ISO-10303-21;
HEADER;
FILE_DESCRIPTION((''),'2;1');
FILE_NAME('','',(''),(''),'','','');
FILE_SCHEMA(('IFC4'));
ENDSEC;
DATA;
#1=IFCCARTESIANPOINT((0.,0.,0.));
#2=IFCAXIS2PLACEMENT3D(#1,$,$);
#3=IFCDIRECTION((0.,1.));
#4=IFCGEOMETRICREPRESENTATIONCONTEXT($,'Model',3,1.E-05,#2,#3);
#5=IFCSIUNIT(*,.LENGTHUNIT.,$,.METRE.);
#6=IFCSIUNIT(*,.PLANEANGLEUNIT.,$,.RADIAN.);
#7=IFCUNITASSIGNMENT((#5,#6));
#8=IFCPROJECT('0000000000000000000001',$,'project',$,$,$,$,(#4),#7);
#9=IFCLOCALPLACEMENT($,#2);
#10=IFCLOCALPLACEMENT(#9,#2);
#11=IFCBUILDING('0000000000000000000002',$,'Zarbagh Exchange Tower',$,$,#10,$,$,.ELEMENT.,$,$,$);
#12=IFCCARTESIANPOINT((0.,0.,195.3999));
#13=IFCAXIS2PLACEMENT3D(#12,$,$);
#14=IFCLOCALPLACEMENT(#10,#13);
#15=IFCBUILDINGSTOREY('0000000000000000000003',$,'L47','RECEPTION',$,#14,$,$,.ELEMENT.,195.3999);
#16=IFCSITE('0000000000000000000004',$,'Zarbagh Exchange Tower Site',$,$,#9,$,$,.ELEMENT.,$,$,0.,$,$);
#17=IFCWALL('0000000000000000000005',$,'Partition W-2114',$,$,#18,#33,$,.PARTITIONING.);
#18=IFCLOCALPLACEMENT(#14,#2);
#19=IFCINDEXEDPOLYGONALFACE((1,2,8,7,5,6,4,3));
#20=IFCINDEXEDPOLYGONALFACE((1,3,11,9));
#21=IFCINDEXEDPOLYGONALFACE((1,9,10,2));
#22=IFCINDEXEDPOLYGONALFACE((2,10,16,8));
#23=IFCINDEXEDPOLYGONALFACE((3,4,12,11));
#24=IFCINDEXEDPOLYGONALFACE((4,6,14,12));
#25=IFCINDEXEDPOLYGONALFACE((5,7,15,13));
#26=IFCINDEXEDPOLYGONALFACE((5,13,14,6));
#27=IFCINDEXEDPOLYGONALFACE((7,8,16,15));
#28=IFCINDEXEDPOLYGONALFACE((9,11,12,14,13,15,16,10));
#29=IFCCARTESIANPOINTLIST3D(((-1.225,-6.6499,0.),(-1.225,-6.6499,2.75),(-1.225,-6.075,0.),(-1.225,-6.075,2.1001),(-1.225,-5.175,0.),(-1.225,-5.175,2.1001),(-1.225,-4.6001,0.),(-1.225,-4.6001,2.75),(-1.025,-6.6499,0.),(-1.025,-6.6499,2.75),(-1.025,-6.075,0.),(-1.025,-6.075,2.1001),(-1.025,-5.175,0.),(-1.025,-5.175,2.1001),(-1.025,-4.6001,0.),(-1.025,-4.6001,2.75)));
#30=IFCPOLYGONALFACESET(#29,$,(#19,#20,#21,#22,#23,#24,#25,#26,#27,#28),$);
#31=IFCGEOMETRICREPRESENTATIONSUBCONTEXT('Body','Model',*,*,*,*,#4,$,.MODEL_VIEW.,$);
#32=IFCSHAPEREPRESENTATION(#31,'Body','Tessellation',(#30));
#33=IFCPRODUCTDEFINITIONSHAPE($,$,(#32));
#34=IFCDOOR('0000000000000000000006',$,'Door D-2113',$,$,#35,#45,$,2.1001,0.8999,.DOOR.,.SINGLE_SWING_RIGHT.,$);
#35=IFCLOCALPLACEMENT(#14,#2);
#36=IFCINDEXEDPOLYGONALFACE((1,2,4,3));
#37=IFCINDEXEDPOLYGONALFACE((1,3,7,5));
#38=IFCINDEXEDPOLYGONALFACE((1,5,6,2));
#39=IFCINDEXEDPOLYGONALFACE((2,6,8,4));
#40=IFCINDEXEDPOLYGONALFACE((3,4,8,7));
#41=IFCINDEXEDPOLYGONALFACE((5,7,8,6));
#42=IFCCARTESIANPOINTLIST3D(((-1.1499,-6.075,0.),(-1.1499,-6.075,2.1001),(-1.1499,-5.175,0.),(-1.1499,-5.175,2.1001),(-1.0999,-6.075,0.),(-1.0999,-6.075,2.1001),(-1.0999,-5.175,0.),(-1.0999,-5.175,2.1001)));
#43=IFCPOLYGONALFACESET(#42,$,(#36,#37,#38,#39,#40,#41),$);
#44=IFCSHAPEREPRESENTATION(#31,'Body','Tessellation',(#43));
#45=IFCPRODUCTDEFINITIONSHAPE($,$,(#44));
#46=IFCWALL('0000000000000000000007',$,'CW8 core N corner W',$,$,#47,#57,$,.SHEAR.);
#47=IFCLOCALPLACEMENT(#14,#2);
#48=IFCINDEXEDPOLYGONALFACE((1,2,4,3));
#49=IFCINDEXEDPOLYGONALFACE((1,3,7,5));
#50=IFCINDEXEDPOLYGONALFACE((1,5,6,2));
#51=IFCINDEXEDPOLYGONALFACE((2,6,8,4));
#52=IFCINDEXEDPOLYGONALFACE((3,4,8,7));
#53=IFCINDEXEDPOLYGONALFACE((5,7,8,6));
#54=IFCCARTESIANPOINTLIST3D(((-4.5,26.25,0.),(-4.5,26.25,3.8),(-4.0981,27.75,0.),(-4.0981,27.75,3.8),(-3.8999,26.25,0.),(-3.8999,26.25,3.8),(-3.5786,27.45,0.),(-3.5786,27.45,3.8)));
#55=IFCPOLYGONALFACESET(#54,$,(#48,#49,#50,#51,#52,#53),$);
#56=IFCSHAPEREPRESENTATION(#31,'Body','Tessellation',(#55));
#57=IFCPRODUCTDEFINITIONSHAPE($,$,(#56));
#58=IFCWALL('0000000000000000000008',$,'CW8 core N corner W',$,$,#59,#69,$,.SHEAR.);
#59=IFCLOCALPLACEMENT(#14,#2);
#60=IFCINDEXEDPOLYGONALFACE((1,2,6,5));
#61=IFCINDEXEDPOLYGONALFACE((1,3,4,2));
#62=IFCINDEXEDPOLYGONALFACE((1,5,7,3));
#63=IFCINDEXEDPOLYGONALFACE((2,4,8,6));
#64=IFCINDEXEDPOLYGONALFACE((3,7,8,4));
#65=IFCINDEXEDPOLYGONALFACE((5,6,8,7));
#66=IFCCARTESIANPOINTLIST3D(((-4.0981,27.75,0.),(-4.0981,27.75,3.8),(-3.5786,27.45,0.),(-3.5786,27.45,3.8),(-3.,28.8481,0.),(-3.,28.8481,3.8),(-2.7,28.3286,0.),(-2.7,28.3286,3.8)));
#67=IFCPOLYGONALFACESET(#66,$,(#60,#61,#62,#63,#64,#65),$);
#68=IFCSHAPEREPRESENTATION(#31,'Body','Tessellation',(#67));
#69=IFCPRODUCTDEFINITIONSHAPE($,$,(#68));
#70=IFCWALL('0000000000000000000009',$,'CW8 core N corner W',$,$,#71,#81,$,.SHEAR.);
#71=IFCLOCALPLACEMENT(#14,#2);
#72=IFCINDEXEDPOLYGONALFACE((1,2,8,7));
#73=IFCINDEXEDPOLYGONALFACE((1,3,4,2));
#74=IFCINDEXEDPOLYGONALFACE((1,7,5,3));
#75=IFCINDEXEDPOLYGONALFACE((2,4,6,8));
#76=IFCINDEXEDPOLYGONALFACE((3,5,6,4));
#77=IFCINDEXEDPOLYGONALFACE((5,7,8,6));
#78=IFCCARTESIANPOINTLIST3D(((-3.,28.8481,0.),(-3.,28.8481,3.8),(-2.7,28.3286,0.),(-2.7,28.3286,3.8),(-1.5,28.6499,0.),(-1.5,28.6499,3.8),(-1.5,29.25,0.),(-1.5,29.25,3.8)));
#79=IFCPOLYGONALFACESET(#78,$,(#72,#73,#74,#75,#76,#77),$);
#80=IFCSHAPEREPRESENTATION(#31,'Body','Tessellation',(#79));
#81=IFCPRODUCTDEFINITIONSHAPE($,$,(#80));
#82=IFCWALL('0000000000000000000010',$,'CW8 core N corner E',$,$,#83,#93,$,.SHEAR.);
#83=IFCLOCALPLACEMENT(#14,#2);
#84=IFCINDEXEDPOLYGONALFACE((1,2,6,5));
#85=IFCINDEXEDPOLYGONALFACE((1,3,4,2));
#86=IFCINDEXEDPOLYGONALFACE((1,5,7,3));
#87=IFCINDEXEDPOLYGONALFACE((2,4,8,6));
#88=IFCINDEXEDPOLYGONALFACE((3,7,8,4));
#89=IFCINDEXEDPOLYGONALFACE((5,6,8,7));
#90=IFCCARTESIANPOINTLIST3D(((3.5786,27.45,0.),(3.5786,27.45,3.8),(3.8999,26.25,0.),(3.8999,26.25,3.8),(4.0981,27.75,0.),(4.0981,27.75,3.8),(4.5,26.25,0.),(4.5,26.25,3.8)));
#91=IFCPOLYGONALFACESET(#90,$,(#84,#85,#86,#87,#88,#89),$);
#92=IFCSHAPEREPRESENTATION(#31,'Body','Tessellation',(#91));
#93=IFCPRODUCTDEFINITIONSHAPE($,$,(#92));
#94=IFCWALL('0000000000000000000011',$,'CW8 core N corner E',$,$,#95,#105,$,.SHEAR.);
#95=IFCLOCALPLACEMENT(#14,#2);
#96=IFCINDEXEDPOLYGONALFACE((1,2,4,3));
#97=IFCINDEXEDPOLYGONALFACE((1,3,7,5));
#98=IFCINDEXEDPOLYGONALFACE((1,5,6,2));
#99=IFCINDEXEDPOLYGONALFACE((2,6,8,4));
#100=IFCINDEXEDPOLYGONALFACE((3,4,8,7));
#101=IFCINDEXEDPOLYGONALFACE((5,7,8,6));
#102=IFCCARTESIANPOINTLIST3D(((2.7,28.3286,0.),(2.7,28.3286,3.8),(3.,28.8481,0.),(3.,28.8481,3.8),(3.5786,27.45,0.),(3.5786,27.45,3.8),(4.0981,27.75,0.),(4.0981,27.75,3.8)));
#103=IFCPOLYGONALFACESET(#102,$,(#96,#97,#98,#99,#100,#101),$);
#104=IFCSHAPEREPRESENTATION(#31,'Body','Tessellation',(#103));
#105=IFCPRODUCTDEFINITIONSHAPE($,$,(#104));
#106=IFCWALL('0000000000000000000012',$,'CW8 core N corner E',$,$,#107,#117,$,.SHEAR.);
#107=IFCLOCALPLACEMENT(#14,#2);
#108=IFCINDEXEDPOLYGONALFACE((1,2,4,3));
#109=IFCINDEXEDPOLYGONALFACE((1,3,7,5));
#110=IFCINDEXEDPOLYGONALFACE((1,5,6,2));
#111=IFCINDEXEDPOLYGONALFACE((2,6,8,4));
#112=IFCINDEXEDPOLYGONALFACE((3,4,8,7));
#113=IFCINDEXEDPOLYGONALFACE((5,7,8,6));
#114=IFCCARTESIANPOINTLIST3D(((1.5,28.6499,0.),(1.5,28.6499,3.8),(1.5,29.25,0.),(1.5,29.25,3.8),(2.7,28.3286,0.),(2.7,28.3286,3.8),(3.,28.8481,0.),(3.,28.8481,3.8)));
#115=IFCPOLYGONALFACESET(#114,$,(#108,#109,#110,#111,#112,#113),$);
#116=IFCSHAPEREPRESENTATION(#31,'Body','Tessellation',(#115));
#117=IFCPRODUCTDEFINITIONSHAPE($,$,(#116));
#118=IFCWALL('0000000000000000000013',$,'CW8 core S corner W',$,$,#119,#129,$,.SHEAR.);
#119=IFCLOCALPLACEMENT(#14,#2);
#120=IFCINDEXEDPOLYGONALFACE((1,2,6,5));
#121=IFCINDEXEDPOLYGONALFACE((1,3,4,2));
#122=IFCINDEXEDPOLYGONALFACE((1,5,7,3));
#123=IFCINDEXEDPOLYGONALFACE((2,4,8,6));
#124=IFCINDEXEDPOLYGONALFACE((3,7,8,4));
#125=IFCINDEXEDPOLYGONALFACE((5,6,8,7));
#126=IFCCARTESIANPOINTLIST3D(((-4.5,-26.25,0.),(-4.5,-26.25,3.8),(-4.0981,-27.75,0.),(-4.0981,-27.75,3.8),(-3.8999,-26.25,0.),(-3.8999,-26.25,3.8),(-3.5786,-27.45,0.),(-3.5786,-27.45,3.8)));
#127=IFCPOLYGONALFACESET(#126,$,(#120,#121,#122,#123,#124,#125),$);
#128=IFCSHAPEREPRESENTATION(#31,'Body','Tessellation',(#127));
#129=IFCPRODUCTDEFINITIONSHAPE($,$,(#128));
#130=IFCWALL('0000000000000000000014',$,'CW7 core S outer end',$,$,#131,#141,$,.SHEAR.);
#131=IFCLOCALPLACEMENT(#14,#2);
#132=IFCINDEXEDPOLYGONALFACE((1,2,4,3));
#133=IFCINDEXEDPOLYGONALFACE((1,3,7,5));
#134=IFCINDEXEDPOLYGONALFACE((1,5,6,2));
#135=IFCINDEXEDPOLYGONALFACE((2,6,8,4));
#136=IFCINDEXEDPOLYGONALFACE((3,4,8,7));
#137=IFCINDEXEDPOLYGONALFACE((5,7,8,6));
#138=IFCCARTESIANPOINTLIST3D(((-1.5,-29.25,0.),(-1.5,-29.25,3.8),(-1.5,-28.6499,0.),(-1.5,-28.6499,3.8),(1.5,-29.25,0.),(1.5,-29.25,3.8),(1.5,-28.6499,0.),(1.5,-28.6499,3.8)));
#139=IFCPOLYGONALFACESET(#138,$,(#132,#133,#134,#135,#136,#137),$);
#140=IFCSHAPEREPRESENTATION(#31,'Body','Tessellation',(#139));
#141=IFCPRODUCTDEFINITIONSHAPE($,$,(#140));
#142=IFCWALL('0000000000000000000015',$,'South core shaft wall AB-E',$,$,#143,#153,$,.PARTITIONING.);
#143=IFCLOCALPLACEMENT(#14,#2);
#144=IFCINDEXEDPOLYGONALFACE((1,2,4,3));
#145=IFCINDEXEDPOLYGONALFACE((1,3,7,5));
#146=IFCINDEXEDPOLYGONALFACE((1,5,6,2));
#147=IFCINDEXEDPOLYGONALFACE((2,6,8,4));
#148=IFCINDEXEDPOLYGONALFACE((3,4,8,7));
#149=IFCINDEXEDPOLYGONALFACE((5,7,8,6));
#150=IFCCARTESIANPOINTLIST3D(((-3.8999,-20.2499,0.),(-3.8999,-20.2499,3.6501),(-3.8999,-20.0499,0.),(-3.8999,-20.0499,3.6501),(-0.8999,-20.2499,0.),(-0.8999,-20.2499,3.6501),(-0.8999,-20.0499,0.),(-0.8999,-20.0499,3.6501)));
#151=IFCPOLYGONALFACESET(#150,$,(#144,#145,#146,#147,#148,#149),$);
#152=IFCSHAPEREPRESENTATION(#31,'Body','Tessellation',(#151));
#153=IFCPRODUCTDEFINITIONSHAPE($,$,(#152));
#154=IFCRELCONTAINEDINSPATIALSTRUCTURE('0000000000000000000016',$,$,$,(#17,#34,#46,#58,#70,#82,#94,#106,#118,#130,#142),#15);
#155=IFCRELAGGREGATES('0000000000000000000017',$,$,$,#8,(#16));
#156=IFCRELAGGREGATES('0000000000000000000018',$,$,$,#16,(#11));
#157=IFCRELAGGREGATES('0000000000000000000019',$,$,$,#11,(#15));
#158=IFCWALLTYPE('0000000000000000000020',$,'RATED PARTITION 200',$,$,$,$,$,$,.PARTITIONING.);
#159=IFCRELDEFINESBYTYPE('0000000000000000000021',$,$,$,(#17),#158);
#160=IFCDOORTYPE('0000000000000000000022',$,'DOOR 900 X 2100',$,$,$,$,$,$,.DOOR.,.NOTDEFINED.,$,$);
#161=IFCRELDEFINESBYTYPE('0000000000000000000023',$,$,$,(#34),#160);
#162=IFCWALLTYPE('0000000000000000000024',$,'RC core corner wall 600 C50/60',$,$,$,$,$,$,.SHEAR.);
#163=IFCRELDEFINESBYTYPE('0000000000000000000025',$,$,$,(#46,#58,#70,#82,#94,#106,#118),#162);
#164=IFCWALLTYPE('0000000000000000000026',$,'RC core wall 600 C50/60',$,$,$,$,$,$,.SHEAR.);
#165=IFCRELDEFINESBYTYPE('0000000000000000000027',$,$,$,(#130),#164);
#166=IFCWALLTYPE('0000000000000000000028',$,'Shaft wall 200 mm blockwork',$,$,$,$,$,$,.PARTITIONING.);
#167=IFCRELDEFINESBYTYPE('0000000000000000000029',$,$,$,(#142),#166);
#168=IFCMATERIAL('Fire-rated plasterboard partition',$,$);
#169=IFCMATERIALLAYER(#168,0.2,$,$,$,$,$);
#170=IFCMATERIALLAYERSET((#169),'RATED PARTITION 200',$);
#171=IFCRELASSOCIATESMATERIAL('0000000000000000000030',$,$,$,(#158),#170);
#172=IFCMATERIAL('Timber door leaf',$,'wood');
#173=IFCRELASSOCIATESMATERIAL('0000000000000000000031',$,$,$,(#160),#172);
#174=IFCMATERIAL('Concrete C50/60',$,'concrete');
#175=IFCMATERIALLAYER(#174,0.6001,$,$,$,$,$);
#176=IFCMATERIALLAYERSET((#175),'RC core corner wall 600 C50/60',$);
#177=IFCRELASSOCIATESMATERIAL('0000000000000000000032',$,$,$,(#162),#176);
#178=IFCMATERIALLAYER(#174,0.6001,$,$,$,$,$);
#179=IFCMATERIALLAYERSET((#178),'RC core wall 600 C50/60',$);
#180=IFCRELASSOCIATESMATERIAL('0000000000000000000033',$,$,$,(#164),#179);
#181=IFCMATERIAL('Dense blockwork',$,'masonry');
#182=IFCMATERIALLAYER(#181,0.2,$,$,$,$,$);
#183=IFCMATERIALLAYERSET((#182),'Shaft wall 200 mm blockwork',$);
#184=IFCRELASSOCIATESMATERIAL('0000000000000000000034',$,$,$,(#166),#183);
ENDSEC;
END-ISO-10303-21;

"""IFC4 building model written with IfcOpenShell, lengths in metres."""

from ifc_helpers import new_model, si_unit, direction, frame, frame_2d, origin, place, context, subcontext, project, spatial, polyline, rectangle, outline, extrude, material, layer, layer_set, type_object, element, fill, save


model = new_model("IFC4")

# Units and contexts
model_context = context("Model", 3, precision=1e-05, world=origin(), true_north=direction((0.0, 1.0)))
body_context = subcontext(model_context, "Body", "Model", "MODEL_VIEW")
ifc_project = project(units=[si_unit("LENGTHUNIT", "METRE"), si_unit("PLANEANGLEUNIT", "RADIAN")], contexts=[model_context])

# Site, building, storey
site_placement = place(None, origin())
site = spatial("IfcSite", under=ifc_project, at=site_placement, Name="Zarbagh Exchange Tower Site", CompositionType="ELEMENT", RefElevation=0.0)
building_placement = place(site_placement, origin())
building = spatial("IfcBuilding", under=site, at=building_placement, Name="Zarbagh Exchange Tower", CompositionType="ELEMENT")
storey_placement = place(building_placement, frame((0.0, 0.0, 195.3999)))
storey = spatial("IfcBuildingStorey", under=building, at=storey_placement, Name="L47", Description="RECEPTION", CompositionType="ELEMENT", Elevation=195.3999)

# Shared definitions
ifc_material_1 = material(Name="Dense blockwork", Category="masonry")

# Shared definitions
ifc_material_2 = material(Name="Fire-rated plasterboard partition")
ifc_layer_1 = layer(ifc_material_2, 0.2)
ifc_layer_set_1 = layer_set([ifc_layer_1], Name="RATED PARTITION 200")
wall_type_1 = type_object("IfcWallType", Name="RATED PARTITION 200", PredefinedType="PARTITIONING", material=ifc_layer_set_1)
ifc_material_3 = material(Name="Timber door leaf", Category="wood")
door_type_1 = type_object("IfcDoorType", Name="DOOR 900 X 2100", OperationType="NOTDEFINED", PredefinedType="DOOR", material=ifc_material_3)

# Wall, opening, door
wall_1_placement = place(storey_placement, frame((-1.125, -6.6499, 0.0), z_axis=(0.0, 0.0, 1.0), x_axis=(0.0, 1.0, 0.0)))
wall_1 = element("IfcWall", 1, at=wall_1_placement, inside=storey, type_object=wall_type_1, Name="Partition W-2114", PredefinedType="PARTITIONING", context=body_context, shape_type="SweptSolid", body=[
    extrude(rectangle(XDim=2.0498, YDim=0.2, at=frame_2d((1.0249, 0.0))), origin(), (0.0, 0.0, 1.0), 2.75),
])
opening_1_placement = place(wall_1_placement, frame((0.575, 0.0, 0.0)))
opening_1 = element("IfcOpeningElement", 2, at=opening_1_placement, cuts=wall_1, PredefinedType="OPENING", context=body_context, shape_type="SweptSolid", body=[
    extrude(rectangle(XDim=0.8999, YDim=2.1001, at=frame_2d((0.45, 1.05))), frame((0.0, 0.1099, 0.0), z_axis=(0.0, -1.0, 0.0), x_axis=(1.0, 0.0, 0.0)), (0.0, 0.0, 1.0), 0.22),
])
door_1_placement = place(opening_1_placement, origin())
door_1 = element("IfcDoor", 3, at=door_1_placement, inside=storey, type_object=door_type_1, Name="Door D-2113", OperationType="SINGLE_SWING_RIGHT", OverallHeight=2.1001, OverallWidth=0.8999, PredefinedType="DOOR", context=body_context, shape_type="SweptSolid", body=[
    extrude(rectangle(XDim=0.8999, YDim=2.1001, at=frame_2d((0.45, 1.05))), frame((0.0, 0.0249, 0.0), z_axis=(0.0, -1.0, 0.0), x_axis=(1.0, 0.0, 0.0)), (0.0, 0.0, 1.0), 0.05),
])
fill(opening_1, door_1)

# Walls
ifc_material_4 = material(Name="Concrete C50/60", Category="concrete")
ifc_layer_2 = layer(ifc_material_4, 0.6001)
ifc_layer_set_2 = layer_set([ifc_layer_2], Name="RC core corner wall 600 C50/60")
wall_type_2 = type_object("IfcWallType", Name="RC core corner wall 600 C50/60", PredefinedType="SHEAR", material=ifc_layer_set_2)
wall_2_placement = place(storey_placement, origin())
element("IfcWall", 4, at=wall_2_placement, inside=storey, type_object=wall_type_2, Name="CW8 core N corner W", PredefinedType="SHEAR", context=body_context, shape_type="SweptSolid", body=[
    extrude(outline(polyline([(-4.5, 26.25), (-4.0981, 27.75), (-3.5786, 27.45), (-3.8999, 26.25), (-4.5, 26.25)])), origin(), (0.0, 0.0, 1.0), 3.8),
])
wall_3_placement = place(storey_placement, origin())
element("IfcWall", 5, at=wall_3_placement, inside=storey, type_object=wall_type_2, Name="CW8 core N corner W", PredefinedType="SHEAR", context=body_context, shape_type="SweptSolid", body=[
    extrude(outline(polyline([(-4.0981, 27.75), (-3.0, 28.8481), (-2.7, 28.3286), (-3.5786, 27.45), (-4.0981, 27.75)])), origin(), (0.0, 0.0, 1.0), 3.8),
])
wall_4_placement = place(storey_placement, origin())
element("IfcWall", 6, at=wall_4_placement, inside=storey, type_object=wall_type_2, Name="CW8 core N corner W", PredefinedType="SHEAR", context=body_context, shape_type="SweptSolid", body=[
    extrude(outline(polyline([(-3.0, 28.8481), (-1.5, 29.25), (-1.5, 28.6499), (-2.7, 28.3286), (-3.0, 28.8481)])), origin(), (0.0, 0.0, 1.0), 3.8),
])
wall_5_placement = place(storey_placement, origin())
element("IfcWall", 7, at=wall_5_placement, inside=storey, type_object=wall_type_2, Name="CW8 core N corner E", PredefinedType="SHEAR", context=body_context, shape_type="SweptSolid", body=[
    extrude(outline(polyline([(4.5, 26.25), (4.0981, 27.75), (3.5786, 27.45), (3.8999, 26.25), (4.5, 26.25)])), origin(), (0.0, 0.0, 1.0), 3.8),
])
wall_6_placement = place(storey_placement, origin())
element("IfcWall", 8, at=wall_6_placement, inside=storey, type_object=wall_type_2, Name="CW8 core N corner E", PredefinedType="SHEAR", context=body_context, shape_type="SweptSolid", body=[
    extrude(outline(polyline([(4.0981, 27.75), (3.0, 28.8481), (2.7, 28.3286), (3.5786, 27.45), (4.0981, 27.75)])), origin(), (0.0, 0.0, 1.0), 3.8),
])
wall_7_placement = place(storey_placement, origin())
element("IfcWall", 9, at=wall_7_placement, inside=storey, type_object=wall_type_2, Name="CW8 core N corner E", PredefinedType="SHEAR", context=body_context, shape_type="SweptSolid", body=[
    extrude(outline(polyline([(3.0, 28.8481), (1.5, 29.25), (1.5, 28.6499), (2.7, 28.3286), (3.0, 28.8481)])), origin(), (0.0, 0.0, 1.0), 3.8),
])
wall_8_placement = place(storey_placement, origin())
element("IfcWall", 10, at=wall_8_placement, inside=storey, type_object=wall_type_2, Name="CW8 core S corner W", PredefinedType="SHEAR", context=body_context, shape_type="SweptSolid", body=[
    extrude(outline(polyline([(-4.5, -26.25), (-4.0981, -27.75), (-3.5786, -27.45), (-3.8999, -26.25), (-4.5, -26.25)])), origin(), (0.0, 0.0, 1.0), 3.8),
])
ifc_layer_3 = layer(ifc_material_4, 0.6001)
ifc_layer_set_3 = layer_set([ifc_layer_3], Name="RC core wall 600 C50/60")
wall_type_3 = type_object("IfcWallType", Name="RC core wall 600 C50/60", PredefinedType="SHEAR", material=ifc_layer_set_3)
wall_9_placement = place(storey_placement, frame((-1.5, -28.95, 0.0), z_axis=(0.0, 0.0, 1.0), x_axis=(1.0, 0.0, 0.0)))
element("IfcWall", 11, at=wall_9_placement, inside=storey, type_object=wall_type_3, Name="CW7 core S outer end", PredefinedType="SHEAR", context=body_context, shape_type="SweptSolid", body=[
    extrude(rectangle(XDim=3.0, YDim=0.6001, at=frame_2d((1.5, 0.0))), origin(), (0.0, 0.0, 1.0), 3.8),
])
ifc_layer_4 = layer(ifc_material_1, 0.2)
ifc_layer_set_4 = layer_set([ifc_layer_4], Name="Shaft wall 200 mm blockwork")
wall_type_4 = type_object("IfcWallType", Name="Shaft wall 200 mm blockwork", PredefinedType="PARTITIONING", material=ifc_layer_set_4)
wall_10_placement = place(storey_placement, frame((-0.8999, -20.1499, 0.0), z_axis=(0.0, 0.0, 1.0), x_axis=(-1.0, 0.0, 0.0)))
element("IfcWall", 12, at=wall_10_placement, inside=storey, type_object=wall_type_4, Name="South core shaft wall AB-E", PredefinedType="PARTITIONING", context=body_context, shape_type="SweptSolid", body=[
    extrude(rectangle(XDim=3.0, YDim=0.2, at=frame_2d((1.5, 0.0))), origin(), (0.0, 0.0, 1.0), 3.6501),
])

save(model, "model.ifc")
